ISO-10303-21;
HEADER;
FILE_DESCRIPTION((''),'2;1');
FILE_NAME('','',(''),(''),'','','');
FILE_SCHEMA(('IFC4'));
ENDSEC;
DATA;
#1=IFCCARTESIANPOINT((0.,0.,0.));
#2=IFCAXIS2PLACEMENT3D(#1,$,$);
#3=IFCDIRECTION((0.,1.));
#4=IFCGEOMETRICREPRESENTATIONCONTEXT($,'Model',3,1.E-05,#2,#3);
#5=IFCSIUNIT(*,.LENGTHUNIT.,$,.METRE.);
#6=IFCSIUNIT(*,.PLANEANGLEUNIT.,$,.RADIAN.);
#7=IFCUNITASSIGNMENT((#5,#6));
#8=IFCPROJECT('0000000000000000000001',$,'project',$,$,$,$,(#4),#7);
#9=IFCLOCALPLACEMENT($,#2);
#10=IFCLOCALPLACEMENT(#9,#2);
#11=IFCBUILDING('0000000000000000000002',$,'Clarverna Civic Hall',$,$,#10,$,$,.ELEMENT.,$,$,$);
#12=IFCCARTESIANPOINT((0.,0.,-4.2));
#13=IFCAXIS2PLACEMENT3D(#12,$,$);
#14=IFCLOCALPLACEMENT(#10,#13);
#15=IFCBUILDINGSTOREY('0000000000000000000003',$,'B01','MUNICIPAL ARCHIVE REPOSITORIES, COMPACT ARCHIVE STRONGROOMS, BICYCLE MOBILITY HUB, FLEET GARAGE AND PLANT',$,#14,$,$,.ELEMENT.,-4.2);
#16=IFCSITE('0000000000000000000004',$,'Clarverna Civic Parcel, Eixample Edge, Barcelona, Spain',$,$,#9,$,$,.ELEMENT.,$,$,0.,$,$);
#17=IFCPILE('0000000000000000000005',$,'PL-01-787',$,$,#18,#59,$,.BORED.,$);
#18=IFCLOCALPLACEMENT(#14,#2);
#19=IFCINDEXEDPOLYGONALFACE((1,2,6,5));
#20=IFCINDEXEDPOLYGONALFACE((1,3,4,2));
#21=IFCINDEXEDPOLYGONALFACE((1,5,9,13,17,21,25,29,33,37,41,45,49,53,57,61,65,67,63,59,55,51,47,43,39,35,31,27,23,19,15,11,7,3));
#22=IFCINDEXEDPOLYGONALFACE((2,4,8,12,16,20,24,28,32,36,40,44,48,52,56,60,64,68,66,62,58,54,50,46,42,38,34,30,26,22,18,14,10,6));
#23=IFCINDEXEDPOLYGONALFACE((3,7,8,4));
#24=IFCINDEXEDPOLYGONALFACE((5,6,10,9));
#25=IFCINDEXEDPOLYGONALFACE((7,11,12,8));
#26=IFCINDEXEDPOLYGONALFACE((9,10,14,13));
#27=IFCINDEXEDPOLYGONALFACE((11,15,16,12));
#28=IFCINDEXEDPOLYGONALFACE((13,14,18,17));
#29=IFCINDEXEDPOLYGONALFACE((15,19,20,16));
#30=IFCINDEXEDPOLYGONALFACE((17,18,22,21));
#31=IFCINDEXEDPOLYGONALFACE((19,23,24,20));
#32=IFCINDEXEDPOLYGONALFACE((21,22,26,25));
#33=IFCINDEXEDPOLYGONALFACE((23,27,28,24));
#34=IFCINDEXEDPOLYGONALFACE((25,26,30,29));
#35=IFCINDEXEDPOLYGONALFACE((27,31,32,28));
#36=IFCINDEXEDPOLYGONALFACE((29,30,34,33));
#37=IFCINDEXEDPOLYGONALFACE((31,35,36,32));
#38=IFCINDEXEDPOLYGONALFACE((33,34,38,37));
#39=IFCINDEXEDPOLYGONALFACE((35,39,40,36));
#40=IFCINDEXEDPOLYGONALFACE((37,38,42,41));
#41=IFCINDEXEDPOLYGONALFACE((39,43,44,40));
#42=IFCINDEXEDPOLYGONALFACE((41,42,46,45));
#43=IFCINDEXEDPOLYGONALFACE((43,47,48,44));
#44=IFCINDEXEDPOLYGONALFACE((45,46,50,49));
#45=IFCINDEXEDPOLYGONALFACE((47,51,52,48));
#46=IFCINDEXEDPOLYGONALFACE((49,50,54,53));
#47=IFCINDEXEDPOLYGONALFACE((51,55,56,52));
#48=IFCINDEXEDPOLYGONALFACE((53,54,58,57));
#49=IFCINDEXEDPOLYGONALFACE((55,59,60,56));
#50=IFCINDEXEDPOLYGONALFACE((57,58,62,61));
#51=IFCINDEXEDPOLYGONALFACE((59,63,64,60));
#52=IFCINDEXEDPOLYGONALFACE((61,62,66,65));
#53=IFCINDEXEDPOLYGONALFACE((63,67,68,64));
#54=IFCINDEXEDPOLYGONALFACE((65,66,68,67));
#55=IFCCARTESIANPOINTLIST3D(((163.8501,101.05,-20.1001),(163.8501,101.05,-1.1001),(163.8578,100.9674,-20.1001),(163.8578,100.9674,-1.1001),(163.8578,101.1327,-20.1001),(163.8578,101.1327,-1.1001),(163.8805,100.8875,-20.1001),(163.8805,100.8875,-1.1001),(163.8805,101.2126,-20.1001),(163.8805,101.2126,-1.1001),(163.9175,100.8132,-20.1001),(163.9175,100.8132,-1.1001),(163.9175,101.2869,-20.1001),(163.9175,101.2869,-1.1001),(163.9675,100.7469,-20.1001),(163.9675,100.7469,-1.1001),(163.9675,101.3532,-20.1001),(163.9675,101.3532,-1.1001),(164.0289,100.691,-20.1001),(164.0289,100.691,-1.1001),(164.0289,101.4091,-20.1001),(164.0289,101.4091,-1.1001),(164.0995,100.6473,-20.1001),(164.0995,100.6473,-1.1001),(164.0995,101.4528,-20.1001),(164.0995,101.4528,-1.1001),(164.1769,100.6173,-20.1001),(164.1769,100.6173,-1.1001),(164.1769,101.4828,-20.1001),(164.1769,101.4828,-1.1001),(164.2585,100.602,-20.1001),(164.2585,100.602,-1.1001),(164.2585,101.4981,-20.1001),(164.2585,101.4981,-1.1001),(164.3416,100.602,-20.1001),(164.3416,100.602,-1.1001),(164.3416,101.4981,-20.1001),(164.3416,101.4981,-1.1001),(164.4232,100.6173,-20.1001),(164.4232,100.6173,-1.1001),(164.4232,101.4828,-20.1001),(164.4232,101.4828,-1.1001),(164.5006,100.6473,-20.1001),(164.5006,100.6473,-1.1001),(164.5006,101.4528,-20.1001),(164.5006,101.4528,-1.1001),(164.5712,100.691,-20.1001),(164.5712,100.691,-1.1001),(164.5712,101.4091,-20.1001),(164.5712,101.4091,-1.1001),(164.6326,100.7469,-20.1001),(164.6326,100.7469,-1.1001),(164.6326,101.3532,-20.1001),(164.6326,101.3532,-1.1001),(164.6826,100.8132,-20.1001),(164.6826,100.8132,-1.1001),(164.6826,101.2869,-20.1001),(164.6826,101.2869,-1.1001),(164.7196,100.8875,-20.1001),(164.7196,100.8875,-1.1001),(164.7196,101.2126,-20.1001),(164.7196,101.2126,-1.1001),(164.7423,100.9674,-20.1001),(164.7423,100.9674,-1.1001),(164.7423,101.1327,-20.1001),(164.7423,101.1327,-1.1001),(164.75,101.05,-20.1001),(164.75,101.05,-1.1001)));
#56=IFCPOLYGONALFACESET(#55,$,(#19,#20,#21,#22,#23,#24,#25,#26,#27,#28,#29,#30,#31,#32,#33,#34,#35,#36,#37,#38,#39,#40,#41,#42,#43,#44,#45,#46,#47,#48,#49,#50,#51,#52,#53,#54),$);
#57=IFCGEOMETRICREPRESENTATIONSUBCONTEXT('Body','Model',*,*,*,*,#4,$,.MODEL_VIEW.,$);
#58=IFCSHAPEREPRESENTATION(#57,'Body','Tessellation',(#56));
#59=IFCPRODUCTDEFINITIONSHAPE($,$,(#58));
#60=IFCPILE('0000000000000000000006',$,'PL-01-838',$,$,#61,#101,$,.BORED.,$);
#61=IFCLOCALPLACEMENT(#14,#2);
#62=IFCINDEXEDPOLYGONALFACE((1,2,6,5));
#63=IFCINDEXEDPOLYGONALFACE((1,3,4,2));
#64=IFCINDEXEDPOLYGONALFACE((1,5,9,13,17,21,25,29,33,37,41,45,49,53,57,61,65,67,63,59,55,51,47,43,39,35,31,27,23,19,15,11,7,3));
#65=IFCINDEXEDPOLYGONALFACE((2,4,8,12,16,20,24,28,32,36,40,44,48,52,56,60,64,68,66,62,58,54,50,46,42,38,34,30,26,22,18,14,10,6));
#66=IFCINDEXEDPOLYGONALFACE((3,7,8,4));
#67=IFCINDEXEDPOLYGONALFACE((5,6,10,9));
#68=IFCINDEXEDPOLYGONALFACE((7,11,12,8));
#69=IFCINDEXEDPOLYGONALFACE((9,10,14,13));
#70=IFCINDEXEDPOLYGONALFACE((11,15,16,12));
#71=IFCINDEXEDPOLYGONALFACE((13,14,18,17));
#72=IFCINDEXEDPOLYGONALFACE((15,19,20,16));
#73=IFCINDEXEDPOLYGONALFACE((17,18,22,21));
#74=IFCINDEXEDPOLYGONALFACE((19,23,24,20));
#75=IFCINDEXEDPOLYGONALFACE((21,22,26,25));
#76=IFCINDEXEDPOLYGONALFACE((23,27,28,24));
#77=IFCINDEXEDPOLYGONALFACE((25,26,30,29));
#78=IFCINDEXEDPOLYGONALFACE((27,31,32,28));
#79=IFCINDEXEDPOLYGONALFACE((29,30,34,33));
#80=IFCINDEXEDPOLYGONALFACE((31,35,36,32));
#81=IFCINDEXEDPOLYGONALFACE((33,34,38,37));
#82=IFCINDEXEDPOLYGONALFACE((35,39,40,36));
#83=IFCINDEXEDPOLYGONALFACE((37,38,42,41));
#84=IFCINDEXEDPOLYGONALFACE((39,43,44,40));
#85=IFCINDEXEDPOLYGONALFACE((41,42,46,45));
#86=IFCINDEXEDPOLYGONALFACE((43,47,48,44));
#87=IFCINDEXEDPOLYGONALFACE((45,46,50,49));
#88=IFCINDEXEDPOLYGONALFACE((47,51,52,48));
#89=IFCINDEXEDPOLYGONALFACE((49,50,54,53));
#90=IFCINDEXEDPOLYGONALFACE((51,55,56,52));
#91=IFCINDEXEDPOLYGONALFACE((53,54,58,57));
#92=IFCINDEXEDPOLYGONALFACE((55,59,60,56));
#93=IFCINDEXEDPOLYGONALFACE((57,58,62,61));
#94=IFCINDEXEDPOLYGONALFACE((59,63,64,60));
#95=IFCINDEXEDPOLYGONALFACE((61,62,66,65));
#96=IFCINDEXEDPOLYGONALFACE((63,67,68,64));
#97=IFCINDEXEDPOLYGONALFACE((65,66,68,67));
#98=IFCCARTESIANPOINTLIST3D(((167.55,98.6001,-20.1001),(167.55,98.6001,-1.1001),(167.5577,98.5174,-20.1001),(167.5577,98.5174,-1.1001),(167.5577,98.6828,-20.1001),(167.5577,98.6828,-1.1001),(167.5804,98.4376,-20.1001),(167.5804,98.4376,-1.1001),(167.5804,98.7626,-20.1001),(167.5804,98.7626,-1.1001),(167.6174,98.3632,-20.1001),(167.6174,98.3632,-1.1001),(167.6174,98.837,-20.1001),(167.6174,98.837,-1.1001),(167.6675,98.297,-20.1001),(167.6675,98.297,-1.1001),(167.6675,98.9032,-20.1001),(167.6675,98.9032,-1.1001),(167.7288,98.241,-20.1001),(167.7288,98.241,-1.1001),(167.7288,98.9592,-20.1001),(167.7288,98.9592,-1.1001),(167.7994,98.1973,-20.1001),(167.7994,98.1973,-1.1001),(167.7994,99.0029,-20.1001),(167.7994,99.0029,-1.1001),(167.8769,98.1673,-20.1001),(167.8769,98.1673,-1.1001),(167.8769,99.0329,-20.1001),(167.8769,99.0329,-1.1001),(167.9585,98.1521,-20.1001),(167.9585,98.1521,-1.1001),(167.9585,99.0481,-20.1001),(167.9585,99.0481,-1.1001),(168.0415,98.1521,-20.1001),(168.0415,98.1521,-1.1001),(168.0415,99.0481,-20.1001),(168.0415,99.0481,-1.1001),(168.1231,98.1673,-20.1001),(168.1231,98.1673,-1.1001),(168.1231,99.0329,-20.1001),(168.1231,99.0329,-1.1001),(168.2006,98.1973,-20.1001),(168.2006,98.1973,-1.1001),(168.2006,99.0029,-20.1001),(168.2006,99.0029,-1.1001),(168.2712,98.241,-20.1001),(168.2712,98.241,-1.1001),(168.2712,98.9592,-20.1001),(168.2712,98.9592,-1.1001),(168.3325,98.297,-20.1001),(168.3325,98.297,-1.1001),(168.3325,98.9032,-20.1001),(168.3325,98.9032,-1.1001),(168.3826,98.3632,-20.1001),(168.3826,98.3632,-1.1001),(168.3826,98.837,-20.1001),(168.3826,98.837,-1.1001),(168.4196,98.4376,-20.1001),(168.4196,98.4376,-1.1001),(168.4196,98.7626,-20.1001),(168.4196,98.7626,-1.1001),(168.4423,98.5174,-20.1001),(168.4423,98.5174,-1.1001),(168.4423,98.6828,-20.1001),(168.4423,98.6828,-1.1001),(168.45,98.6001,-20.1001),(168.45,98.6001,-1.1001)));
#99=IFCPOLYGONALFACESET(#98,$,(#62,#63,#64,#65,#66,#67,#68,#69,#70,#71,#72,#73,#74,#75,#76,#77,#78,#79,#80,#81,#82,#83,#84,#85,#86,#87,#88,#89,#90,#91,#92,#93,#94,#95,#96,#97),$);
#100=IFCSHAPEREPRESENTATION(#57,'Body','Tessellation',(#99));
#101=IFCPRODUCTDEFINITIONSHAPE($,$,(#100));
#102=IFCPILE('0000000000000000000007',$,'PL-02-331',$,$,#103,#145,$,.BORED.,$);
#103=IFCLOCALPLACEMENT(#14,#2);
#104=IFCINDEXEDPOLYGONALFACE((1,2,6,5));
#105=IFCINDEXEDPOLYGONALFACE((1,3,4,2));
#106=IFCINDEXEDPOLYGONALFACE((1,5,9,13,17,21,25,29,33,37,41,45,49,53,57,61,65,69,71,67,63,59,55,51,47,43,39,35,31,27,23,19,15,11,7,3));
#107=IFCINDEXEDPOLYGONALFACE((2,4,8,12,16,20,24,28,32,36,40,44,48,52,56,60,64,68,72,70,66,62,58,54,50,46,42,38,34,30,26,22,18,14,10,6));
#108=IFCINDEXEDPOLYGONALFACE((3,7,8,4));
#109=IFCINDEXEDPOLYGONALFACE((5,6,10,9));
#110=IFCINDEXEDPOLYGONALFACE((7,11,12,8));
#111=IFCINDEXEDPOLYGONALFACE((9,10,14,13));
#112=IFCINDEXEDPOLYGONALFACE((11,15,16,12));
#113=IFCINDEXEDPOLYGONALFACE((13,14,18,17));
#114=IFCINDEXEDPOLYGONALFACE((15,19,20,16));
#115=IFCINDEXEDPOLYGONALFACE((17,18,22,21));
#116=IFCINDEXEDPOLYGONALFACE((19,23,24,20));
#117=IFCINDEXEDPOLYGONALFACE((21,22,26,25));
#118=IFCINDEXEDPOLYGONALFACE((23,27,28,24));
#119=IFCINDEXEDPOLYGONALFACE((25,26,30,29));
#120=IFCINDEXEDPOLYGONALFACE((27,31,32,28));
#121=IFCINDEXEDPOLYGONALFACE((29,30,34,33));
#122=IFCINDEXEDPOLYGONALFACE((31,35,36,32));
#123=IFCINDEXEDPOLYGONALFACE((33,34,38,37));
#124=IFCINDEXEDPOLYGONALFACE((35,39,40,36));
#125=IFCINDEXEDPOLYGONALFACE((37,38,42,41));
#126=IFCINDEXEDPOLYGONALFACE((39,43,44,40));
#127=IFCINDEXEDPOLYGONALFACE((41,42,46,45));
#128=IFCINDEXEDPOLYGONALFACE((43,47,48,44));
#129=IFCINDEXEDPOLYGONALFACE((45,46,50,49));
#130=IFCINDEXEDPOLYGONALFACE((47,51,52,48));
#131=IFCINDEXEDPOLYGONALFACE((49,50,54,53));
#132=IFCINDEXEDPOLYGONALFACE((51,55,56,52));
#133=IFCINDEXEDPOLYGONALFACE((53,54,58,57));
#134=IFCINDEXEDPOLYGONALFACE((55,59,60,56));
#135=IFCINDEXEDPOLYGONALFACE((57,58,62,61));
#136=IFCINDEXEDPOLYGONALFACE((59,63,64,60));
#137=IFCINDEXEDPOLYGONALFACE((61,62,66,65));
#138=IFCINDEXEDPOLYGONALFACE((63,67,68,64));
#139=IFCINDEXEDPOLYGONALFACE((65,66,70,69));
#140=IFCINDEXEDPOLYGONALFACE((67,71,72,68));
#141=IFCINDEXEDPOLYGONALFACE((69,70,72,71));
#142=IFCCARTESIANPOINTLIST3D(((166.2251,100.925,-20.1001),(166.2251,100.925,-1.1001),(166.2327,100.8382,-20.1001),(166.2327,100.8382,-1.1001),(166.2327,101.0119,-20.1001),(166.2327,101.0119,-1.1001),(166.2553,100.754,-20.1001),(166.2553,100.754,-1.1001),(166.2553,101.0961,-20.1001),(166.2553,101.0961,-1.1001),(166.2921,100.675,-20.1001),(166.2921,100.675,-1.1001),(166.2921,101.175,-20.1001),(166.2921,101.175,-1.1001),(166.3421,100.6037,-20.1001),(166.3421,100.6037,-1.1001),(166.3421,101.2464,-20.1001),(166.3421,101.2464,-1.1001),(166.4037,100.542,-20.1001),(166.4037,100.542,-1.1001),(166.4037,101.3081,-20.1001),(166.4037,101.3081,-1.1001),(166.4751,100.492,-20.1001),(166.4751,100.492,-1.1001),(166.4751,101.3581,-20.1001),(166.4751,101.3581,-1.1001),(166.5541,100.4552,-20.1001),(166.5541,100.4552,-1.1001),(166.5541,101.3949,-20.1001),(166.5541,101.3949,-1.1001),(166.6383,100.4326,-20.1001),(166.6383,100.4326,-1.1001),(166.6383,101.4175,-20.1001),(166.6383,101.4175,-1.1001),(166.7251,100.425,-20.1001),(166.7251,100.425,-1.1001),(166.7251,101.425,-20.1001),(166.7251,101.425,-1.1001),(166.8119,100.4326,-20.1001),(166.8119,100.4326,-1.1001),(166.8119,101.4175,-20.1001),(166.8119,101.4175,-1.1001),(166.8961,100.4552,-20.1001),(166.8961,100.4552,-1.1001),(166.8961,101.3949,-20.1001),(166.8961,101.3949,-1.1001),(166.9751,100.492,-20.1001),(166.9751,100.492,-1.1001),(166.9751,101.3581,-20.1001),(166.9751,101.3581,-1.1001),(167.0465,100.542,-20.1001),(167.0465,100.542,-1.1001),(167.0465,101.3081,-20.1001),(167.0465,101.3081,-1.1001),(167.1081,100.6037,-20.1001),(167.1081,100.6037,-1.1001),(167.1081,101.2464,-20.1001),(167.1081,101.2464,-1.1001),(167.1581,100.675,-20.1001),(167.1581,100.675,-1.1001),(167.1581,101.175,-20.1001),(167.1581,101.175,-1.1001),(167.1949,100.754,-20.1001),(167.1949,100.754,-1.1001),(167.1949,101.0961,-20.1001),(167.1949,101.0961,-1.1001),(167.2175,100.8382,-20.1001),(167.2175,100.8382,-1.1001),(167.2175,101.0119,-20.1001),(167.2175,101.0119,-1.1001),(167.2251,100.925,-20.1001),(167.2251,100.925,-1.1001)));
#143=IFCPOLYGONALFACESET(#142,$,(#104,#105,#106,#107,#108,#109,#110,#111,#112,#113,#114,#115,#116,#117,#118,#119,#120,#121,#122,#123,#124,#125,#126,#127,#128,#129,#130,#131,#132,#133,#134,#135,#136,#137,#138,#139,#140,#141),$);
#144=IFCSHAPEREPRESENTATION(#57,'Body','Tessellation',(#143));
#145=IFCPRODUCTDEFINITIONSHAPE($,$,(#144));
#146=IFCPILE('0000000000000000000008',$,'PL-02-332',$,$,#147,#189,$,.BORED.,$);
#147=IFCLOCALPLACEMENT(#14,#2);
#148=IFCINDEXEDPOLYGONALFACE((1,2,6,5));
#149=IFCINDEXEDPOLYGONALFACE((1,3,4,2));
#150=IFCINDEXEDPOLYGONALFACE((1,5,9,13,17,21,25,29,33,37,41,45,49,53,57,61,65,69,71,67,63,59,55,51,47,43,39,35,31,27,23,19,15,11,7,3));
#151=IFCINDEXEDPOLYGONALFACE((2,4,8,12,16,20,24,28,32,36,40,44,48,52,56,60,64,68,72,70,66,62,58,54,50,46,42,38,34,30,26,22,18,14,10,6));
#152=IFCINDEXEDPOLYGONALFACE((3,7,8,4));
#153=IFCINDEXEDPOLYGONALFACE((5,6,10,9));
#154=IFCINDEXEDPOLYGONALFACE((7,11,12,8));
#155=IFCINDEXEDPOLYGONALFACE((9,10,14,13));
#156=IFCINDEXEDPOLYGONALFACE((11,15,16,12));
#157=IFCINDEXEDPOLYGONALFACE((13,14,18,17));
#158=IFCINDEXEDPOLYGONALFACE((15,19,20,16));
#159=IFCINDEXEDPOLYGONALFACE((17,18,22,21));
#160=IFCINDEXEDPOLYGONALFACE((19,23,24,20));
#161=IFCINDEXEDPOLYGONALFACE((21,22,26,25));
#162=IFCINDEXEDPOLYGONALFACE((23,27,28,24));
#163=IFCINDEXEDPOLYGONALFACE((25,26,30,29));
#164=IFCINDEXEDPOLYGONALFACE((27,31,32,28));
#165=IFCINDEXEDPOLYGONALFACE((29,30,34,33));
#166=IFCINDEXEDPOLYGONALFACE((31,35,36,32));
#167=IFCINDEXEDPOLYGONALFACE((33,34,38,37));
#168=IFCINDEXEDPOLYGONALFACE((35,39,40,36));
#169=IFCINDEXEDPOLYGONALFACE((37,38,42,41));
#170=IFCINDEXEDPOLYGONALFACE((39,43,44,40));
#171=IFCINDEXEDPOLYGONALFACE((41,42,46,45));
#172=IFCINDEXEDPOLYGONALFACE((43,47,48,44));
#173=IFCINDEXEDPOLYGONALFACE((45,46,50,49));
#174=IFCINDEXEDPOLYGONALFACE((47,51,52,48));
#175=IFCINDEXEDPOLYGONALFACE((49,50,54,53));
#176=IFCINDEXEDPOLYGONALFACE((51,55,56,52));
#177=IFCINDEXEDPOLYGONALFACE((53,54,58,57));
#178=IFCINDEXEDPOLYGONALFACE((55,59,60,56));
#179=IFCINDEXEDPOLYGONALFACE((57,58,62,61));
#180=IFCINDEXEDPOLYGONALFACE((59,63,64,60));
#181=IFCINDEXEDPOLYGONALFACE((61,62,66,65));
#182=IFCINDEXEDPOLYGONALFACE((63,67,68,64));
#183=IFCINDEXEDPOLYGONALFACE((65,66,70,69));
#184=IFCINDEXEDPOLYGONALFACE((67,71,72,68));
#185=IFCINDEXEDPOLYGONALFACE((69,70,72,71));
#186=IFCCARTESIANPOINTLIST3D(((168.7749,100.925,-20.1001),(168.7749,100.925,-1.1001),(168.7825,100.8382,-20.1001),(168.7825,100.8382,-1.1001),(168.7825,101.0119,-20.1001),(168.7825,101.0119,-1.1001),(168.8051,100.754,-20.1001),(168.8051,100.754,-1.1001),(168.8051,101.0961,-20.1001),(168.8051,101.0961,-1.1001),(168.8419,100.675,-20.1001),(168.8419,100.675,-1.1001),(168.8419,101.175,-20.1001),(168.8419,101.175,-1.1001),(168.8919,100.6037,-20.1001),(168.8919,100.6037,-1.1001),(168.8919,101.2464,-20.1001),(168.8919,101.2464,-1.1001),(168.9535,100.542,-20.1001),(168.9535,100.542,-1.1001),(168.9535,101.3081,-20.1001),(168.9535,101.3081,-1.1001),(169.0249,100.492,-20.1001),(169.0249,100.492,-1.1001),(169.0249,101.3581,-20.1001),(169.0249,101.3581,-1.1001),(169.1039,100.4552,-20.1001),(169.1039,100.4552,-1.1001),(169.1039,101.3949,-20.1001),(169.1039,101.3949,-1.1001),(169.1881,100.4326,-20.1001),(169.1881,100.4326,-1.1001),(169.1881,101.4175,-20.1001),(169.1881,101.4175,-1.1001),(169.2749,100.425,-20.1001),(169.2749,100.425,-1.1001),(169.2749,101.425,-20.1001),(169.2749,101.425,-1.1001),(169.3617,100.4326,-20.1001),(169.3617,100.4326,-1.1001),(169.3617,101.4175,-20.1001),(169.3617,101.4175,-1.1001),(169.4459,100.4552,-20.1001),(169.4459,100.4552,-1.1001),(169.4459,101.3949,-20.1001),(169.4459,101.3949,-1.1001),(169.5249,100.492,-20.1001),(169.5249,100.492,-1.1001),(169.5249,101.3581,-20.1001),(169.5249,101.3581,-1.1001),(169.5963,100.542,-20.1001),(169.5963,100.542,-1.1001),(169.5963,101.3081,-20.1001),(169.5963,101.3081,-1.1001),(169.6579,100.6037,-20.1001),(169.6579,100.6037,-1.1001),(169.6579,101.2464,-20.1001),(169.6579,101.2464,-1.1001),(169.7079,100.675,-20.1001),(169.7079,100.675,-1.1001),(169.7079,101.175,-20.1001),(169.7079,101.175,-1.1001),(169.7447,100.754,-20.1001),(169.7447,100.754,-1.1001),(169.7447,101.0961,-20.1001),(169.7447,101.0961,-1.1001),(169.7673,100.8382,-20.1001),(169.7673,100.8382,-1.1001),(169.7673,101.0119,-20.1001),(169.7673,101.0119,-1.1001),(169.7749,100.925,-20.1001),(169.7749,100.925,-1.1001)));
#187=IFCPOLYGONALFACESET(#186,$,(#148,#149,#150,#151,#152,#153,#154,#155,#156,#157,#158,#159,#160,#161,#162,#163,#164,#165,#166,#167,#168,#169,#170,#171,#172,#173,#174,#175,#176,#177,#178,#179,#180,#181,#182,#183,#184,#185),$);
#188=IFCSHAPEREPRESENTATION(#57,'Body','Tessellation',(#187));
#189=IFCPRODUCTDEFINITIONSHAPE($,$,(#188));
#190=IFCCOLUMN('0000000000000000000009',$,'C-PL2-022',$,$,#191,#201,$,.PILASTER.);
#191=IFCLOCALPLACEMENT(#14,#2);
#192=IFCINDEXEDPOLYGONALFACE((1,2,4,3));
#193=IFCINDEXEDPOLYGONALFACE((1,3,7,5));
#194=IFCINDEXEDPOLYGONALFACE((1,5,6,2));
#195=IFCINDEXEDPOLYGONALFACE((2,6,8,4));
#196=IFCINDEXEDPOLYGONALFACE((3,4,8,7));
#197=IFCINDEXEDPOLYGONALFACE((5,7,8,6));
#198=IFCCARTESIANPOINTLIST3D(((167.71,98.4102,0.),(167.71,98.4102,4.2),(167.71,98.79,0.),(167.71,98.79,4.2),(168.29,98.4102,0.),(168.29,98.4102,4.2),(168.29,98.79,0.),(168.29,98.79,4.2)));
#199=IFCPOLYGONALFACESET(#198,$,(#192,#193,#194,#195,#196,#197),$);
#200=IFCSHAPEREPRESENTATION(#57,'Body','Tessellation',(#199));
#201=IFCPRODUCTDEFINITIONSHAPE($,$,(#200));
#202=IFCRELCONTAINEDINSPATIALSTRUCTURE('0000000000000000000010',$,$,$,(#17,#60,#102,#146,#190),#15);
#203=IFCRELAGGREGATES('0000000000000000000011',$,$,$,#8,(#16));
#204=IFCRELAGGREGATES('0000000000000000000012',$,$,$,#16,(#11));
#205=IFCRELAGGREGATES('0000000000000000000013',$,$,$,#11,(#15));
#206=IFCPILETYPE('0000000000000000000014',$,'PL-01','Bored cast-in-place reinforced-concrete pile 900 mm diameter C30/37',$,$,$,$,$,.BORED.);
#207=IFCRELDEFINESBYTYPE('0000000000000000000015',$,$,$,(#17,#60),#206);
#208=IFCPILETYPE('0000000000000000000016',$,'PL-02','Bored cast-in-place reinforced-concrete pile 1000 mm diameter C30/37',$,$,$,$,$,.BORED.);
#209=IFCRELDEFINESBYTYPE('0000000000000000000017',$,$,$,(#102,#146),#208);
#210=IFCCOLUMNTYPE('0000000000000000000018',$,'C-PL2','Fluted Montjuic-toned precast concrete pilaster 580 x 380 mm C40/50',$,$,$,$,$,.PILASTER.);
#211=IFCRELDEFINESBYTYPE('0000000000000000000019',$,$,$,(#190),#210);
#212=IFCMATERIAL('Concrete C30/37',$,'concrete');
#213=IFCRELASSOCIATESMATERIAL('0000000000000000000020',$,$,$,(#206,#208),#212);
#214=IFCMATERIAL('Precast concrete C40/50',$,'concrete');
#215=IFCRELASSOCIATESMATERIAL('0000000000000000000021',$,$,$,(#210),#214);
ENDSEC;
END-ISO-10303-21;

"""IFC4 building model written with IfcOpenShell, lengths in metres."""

from ifc_helpers import new_model, si_unit, direction, frame, origin, origin_2d, place, context, subcontext, project, spatial, rectangle, circle, extrude, material, material_profile, profile_set, type_object, element, save


model = new_model("IFC4")

# Units and contexts
model_context = context("Model", 3, precision=1e-05, world=origin(), true_north=direction((0.0, 1.0)))
body_context = subcontext(model_context, "Body", "Model", "MODEL_VIEW")
ifc_project = project(units=[si_unit("LENGTHUNIT", "METRE"), si_unit("PLANEANGLEUNIT", "RADIAN")], contexts=[model_context])

# Site, building, storey
site_placement = place(None, origin())
site = spatial("IfcSite", under=ifc_project, at=site_placement, Name="Clarverna Civic Parcel, Eixample Edge, Barcelona, Spain", CompositionType="ELEMENT", RefElevation=0.0)
building_placement = place(site_placement, origin())
building = spatial("IfcBuilding", under=site, at=building_placement, Name="Clarverna Civic Hall", CompositionType="ELEMENT")
storey_placement = place(building_placement, frame((0.0, 0.0, -4.2)))
storey = spatial("IfcBuildingStorey", under=building, at=storey_placement, Name="B01", Description="MUNICIPAL ARCHIVE REPOSITORIES, COMPACT ARCHIVE STRONGROOMS, BICYCLE MOBILITY HUB, FLEET GARAGE AND PLANT", CompositionType="ELEMENT", Elevation=-4.2)

# Shared definitions
ifc_material_1 = material(Name="Concrete C30/37", Category="concrete")

# Piles
ifc_material_profile_1 = material_profile(ifc_material_1, circle(Radius=0.45, at=origin_2d()), Name="BORED PILE D900")
ifc_profile_set_1 = profile_set([ifc_material_profile_1], Name="Concrete C30/37")
pile_type_1 = type_object("IfcPileType", Name="PL-01", Description="Bored cast-in-place reinforced-concrete pile 900 mm diameter C30/37", PredefinedType="BORED", material=ifc_profile_set_1)
for number, where, z_axis, x_axis, name in (
    (1, (164.3, 101.05, -1.1001), (0.0, 0.0, -1.0), (1.0, 0.0, 0.0), "PL-01-787"),
    (2, (168.0, 98.6001, -1.1001), (0.0, 0.0, -1.0), (1.0, 0.0, 0.0), "PL-01-838"),
):
    element("IfcPile", number, at=place(storey_placement, frame(where, z_axis=z_axis, x_axis=x_axis)), inside=storey, type_object=pile_type_1, Name=name, PredefinedType="BORED", context=body_context, shape_type="SweptSolid", body=[
        extrude(circle(Radius=0.45, at=origin_2d()), origin(), (0.0, 0.0, 1.0), 19.0),
    ])
ifc_material_profile_2 = material_profile(ifc_material_1, circle(Radius=0.5, at=origin_2d()), Name="BORED PILE D1000")
ifc_profile_set_2 = profile_set([ifc_material_profile_2], Name="Concrete C30/37")
pile_type_2 = type_object("IfcPileType", Name="PL-02", Description="Bored cast-in-place reinforced-concrete pile 1000 mm diameter C30/37", PredefinedType="BORED", material=ifc_profile_set_2)
for number, where, z_axis, x_axis, name in (
    (3, (166.7251, 100.925, -1.1001), (0.0, 0.0, -1.0), (1.0, 0.0, 0.0), "PL-02-331"),
    (4, (169.2749, 100.925, -1.1001), (0.0, 0.0, -1.0), (1.0, 0.0, 0.0), "PL-02-332"),
):
    element("IfcPile", number, at=place(storey_placement, frame(where, z_axis=z_axis, x_axis=x_axis)), inside=storey, type_object=pile_type_2, Name=name, PredefinedType="BORED", context=body_context, shape_type="SweptSolid", body=[
        extrude(circle(Radius=0.5, at=origin_2d()), origin(), (0.0, 0.0, 1.0), 19.0),
    ])

# Column
ifc_material_2 = material(Name="Precast concrete C40/50", Category="concrete")
ifc_material_profile_3 = material_profile(ifc_material_2, rectangle(XDim=0.5801, YDim=0.3799, at=origin_2d()), Name="PILASTER 580x380")
ifc_profile_set_3 = profile_set([ifc_material_profile_3], Name="Precast concrete C40/50")
column_type_1 = type_object("IfcColumnType", Name="C-PL2", Description="Fluted Montjuic-toned precast concrete pilaster 580 x 380 mm C40/50", PredefinedType="PILASTER", material=ifc_profile_set_3)
column_1_placement = place(storey_placement, frame((168.0, 98.6001, 0.0), z_axis=(0.0, 0.0, 1.0), x_axis=(1.0, 0.0, 0.0)))
element("IfcColumn", 5, at=column_1_placement, inside=storey, type_object=column_type_1, Name="C-PL2-022", PredefinedType="PILASTER", context=body_context, shape_type="SweptSolid", body=[
    extrude(rectangle(XDim=0.5801, YDim=0.3799, at=origin_2d()), origin(), (0.0, 0.0, 1.0), 4.2),
])

save(model, "model.ifc")
